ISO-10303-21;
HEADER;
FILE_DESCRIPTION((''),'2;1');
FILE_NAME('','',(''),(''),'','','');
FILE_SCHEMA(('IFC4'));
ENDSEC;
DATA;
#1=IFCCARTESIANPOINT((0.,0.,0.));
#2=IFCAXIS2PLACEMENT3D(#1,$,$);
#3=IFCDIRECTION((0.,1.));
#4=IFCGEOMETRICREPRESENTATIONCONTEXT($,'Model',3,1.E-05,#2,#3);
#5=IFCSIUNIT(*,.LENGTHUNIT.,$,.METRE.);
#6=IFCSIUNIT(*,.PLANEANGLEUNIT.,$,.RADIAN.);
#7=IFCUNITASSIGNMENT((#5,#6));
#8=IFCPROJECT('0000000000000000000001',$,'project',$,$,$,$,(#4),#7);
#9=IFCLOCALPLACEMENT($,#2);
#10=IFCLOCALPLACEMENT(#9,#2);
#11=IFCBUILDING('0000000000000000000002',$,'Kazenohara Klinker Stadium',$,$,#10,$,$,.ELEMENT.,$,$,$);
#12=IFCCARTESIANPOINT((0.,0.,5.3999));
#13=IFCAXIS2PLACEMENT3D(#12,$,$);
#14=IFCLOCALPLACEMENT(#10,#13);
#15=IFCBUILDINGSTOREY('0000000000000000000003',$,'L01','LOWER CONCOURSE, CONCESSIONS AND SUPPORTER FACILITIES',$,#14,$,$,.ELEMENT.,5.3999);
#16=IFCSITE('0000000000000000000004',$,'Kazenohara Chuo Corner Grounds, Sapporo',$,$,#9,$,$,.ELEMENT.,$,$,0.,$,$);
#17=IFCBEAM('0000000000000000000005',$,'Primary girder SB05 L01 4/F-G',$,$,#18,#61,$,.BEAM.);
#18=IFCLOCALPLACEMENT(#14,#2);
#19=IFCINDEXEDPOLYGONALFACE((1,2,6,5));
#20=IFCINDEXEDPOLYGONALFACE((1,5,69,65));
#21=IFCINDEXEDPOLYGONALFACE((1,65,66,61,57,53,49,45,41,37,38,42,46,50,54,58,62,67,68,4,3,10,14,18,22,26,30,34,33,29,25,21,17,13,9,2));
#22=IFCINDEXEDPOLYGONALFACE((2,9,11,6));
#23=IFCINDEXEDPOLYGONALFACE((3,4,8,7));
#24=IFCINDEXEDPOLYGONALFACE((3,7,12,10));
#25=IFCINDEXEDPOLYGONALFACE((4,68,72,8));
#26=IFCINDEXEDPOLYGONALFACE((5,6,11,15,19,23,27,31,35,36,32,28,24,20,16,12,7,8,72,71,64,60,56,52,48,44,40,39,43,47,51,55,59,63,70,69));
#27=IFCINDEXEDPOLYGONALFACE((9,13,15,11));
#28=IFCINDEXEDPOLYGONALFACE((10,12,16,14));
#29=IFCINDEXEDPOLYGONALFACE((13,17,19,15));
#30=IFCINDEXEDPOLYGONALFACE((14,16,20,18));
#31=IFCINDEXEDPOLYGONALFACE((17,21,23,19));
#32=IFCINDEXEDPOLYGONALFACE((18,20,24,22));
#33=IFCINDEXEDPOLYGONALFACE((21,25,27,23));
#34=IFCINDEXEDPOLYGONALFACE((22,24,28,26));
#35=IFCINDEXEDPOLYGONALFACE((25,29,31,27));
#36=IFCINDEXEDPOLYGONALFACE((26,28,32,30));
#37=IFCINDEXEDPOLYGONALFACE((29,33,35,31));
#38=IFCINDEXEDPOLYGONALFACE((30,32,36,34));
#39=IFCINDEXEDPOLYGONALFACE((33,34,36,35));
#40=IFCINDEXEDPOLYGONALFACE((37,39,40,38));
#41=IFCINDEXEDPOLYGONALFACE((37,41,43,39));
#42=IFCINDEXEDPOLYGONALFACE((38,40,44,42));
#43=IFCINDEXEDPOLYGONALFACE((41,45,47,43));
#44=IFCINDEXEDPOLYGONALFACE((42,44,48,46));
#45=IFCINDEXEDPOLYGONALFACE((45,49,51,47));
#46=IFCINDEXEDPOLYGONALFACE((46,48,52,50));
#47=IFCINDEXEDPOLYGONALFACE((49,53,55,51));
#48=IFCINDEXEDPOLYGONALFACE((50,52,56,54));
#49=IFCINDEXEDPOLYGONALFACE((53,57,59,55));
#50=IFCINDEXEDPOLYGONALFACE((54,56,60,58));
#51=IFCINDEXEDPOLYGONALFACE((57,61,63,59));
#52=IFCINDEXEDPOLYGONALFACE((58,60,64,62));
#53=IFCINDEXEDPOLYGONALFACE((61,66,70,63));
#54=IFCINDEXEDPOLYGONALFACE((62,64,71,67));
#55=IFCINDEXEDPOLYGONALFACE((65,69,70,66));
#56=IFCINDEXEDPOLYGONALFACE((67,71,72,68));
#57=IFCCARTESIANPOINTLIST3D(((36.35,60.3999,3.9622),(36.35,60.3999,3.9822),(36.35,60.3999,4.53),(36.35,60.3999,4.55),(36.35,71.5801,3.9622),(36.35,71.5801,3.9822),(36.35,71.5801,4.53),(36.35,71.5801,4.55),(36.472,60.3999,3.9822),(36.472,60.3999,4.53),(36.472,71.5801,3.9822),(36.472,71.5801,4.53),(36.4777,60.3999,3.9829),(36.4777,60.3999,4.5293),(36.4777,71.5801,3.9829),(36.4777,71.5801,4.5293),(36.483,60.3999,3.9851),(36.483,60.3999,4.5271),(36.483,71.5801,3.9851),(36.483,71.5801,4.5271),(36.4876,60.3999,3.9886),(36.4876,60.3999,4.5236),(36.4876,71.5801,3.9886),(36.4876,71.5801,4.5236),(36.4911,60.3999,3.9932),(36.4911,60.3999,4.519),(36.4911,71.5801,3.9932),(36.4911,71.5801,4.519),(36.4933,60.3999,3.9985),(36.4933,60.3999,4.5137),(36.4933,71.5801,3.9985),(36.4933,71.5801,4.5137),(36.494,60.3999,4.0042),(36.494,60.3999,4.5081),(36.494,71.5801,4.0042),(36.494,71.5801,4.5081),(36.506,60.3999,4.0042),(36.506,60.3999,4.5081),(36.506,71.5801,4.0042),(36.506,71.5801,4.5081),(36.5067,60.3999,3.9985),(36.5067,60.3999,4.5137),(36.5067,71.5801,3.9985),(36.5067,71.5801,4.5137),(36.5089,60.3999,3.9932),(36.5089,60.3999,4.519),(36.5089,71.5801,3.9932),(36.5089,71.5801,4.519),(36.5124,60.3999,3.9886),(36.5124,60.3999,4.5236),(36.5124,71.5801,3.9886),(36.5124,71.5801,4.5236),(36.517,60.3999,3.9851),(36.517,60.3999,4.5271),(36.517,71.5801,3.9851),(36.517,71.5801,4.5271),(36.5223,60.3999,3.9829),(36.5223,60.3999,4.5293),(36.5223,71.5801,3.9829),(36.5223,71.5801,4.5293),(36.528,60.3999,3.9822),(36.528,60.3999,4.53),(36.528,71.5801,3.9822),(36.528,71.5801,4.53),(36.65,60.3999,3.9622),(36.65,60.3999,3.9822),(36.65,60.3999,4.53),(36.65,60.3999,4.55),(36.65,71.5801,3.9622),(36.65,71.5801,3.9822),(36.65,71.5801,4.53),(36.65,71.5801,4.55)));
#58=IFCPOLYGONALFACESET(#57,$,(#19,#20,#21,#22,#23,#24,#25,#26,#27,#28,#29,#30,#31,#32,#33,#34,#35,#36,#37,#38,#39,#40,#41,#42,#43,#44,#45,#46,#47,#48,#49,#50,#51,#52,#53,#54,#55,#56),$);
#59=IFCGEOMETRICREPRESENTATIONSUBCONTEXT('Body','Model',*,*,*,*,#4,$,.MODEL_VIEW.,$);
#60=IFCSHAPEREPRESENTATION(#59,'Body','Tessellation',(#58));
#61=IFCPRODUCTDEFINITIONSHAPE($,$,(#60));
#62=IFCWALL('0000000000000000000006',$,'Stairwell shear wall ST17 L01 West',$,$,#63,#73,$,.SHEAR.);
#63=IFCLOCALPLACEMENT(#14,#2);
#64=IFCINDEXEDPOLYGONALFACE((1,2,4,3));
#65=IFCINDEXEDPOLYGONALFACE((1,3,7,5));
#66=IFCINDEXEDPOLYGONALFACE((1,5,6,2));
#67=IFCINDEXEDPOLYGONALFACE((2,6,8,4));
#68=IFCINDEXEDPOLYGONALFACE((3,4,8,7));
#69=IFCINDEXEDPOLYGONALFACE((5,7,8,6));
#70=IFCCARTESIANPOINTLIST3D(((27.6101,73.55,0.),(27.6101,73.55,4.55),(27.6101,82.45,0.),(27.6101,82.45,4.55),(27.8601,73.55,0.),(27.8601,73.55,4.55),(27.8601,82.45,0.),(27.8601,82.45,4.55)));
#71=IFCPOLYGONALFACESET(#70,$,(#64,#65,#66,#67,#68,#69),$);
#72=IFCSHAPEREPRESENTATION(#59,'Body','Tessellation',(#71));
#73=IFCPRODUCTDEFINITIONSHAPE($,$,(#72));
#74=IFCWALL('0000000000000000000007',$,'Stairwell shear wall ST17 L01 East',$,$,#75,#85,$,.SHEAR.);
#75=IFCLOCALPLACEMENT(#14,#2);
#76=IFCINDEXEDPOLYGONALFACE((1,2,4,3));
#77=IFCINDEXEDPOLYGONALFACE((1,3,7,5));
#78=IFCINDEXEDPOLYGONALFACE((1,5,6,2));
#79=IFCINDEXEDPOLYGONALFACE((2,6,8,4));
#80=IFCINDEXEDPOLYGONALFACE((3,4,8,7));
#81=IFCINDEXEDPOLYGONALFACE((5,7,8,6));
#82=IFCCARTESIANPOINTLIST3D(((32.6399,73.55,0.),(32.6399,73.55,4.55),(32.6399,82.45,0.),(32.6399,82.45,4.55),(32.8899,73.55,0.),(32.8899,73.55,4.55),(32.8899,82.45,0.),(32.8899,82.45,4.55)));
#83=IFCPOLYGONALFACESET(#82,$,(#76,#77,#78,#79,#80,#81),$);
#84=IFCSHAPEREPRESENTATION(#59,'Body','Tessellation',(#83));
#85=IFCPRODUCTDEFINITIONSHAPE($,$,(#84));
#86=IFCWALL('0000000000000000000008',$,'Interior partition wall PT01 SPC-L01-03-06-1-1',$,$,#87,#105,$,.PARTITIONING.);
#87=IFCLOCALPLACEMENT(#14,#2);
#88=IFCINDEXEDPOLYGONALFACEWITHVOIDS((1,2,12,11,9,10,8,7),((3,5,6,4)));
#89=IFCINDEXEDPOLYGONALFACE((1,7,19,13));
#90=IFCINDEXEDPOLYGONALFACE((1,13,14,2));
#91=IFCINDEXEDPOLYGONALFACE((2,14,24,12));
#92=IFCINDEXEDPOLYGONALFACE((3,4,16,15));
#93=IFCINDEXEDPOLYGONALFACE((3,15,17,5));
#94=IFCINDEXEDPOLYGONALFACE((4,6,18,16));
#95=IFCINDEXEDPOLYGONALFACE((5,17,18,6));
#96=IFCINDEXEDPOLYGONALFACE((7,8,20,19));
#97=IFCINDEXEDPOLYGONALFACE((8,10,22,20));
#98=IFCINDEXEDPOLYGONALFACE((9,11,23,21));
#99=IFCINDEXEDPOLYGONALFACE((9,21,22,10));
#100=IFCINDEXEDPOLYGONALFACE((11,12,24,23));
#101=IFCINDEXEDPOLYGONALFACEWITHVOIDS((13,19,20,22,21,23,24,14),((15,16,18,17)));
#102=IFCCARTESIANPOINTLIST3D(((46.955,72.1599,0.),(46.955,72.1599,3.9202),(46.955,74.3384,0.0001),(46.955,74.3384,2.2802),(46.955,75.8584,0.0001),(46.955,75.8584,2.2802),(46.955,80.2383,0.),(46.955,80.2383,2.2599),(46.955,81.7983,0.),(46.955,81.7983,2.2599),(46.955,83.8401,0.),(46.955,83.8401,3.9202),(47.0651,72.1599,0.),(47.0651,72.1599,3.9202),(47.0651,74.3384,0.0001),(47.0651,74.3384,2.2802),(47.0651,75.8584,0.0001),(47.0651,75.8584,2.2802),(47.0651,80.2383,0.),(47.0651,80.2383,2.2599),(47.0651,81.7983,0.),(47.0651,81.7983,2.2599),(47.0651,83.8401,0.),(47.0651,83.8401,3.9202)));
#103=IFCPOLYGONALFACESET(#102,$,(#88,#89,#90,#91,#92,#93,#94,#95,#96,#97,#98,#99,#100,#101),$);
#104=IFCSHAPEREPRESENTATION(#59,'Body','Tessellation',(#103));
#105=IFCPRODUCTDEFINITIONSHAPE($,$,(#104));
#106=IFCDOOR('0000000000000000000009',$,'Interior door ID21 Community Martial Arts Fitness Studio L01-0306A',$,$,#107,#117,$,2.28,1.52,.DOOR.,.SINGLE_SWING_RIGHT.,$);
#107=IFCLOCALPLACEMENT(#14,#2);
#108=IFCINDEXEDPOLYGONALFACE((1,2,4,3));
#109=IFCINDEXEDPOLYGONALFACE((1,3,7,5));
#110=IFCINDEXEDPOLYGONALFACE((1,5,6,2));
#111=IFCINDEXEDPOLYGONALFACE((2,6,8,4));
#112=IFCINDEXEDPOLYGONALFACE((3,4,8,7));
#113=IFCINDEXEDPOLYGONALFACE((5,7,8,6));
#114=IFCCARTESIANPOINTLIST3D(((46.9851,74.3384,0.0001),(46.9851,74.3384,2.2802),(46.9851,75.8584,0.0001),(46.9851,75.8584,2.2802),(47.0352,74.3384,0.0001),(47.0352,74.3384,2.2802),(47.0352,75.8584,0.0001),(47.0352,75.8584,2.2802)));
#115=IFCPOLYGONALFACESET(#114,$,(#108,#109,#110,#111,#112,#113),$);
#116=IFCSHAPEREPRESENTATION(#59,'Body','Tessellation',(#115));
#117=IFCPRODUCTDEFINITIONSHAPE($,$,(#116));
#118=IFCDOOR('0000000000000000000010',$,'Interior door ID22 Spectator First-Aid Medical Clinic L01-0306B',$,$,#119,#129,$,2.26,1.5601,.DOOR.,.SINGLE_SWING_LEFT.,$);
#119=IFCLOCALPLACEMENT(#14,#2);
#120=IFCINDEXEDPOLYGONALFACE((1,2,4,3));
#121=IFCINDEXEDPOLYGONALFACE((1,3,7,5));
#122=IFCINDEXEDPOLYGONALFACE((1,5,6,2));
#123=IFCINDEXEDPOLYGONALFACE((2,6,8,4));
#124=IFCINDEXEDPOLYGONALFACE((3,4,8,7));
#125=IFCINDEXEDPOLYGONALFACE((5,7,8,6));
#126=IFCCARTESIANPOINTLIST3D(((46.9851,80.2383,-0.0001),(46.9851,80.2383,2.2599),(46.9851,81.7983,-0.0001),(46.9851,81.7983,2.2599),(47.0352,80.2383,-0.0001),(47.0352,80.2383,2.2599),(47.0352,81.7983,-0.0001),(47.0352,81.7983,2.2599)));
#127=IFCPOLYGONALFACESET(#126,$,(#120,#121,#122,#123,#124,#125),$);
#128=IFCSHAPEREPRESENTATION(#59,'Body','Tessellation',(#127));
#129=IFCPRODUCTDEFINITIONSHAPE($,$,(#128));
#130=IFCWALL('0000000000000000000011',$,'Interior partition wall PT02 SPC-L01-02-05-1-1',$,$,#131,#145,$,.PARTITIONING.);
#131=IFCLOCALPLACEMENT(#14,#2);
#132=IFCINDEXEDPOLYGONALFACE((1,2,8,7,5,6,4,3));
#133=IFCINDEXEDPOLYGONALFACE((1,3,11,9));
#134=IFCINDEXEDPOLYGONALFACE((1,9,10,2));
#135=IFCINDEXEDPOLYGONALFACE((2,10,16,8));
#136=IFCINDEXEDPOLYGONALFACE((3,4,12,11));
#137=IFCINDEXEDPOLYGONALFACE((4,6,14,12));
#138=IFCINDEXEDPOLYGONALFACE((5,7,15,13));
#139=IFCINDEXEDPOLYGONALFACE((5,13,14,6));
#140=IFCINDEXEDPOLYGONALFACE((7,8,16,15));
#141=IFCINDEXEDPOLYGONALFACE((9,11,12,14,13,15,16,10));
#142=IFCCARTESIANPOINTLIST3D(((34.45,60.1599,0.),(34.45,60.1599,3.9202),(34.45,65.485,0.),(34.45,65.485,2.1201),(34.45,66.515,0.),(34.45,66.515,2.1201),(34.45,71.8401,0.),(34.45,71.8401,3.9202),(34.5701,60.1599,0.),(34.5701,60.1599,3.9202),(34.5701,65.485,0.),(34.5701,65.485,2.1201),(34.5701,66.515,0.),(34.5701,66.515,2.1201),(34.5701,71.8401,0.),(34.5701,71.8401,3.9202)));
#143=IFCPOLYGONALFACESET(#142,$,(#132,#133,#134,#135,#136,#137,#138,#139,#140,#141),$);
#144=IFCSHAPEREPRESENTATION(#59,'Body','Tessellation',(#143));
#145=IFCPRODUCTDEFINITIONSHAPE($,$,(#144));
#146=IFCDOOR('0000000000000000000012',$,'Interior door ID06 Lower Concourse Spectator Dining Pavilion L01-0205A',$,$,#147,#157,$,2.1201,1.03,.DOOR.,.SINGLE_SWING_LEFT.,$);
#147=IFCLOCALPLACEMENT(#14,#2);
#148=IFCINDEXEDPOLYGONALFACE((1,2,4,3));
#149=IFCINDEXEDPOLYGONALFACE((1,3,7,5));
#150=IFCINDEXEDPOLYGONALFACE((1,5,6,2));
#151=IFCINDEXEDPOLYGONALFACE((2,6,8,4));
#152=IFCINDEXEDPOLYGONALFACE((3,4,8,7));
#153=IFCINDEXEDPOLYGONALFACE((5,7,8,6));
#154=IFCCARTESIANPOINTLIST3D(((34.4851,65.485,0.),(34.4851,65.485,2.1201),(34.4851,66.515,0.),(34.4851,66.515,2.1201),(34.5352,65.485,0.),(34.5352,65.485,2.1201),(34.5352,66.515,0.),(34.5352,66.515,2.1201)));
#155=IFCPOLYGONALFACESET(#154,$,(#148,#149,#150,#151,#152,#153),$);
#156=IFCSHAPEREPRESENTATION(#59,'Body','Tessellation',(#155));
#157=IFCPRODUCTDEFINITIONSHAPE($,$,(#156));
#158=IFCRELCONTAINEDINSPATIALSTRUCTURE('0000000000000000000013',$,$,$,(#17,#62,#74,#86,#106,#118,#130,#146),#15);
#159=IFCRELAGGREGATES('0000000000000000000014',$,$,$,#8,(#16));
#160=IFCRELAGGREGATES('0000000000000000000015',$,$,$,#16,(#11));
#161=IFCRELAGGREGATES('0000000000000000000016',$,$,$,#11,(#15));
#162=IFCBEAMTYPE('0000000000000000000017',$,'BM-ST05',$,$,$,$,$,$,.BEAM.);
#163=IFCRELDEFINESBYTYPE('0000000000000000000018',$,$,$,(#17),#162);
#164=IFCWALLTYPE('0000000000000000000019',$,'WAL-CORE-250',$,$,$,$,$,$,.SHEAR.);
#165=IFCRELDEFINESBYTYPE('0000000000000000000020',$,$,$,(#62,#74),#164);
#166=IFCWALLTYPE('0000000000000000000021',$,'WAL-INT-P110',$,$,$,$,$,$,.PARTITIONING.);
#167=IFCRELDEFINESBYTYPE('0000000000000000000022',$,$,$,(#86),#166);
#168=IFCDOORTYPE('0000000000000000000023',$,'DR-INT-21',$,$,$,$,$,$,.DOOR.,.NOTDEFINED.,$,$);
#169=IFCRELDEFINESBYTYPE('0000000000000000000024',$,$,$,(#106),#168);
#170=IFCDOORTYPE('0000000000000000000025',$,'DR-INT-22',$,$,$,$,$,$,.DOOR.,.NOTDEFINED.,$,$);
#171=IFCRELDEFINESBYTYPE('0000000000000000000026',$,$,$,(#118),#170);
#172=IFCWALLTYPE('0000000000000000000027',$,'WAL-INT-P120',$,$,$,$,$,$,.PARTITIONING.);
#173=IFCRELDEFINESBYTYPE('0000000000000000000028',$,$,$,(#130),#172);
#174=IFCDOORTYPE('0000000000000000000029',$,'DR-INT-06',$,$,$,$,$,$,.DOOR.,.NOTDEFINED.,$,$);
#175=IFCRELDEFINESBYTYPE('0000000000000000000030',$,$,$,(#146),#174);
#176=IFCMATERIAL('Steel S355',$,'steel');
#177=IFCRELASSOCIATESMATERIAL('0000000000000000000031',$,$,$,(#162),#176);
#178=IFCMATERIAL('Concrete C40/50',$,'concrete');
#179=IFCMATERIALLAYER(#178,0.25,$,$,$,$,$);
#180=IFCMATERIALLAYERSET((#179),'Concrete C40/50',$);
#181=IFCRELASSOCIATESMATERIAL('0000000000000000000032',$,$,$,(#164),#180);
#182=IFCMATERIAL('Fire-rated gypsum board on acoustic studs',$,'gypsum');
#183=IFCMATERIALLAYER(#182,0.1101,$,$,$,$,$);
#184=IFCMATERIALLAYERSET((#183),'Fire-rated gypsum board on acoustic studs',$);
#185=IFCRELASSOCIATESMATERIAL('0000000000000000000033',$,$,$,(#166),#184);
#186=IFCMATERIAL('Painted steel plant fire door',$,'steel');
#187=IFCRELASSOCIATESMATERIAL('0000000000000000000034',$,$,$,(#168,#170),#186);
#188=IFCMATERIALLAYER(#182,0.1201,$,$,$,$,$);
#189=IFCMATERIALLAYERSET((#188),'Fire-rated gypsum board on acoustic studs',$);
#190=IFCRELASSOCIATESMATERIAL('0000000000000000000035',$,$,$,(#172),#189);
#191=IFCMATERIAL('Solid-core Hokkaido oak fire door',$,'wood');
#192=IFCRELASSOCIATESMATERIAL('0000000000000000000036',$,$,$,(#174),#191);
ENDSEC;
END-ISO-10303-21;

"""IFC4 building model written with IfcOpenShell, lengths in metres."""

from ifc_helpers import new_model, si_unit, direction, frame, frame_2d, origin, origin_2d, place, context, subcontext, project, spatial, rectangle, i_section, extrude, material, layer, layer_set, material_profile, profile_set, type_object, element, fill, save


model = new_model("IFC4")

# Units and contexts
model_context = context("Model", 3, precision=1e-05, world=origin(), true_north=direction((0.0, 1.0)))
body_context = subcontext(model_context, "Body", "Model", "MODEL_VIEW")
ifc_project = project(units=[si_unit("LENGTHUNIT", "METRE"), si_unit("PLANEANGLEUNIT", "RADIAN")], contexts=[model_context])

# Site, building, storey
site_placement = place(None, origin())
site = spatial("IfcSite", under=ifc_project, at=site_placement, Name="Kazenohara Chuo Corner Grounds, Sapporo", CompositionType="ELEMENT", RefElevation=0.0)
building_placement = place(site_placement, origin())
building = spatial("IfcBuilding", under=site, at=building_placement, Name="Kazenohara Klinker Stadium", CompositionType="ELEMENT")
storey_placement = place(building_placement, frame((0.0, 0.0, 5.3999)))
storey = spatial("IfcBuildingStorey", under=building, at=storey_placement, Name="L01", Description="LOWER CONCOURSE, CONCESSIONS AND SUPPORTER FACILITIES", CompositionType="ELEMENT", Elevation=5.3999)

# Shared definitions
ifc_material_1 = material(Name="Concrete C40/50", Category="concrete")

# Beam
ifc_material_2 = material(Name="Steel S355", Category="steel")
ifc_material_profile_1 = material_profile(ifc_material_2, i_section(OverallWidth=0.3, OverallDepth=0.5879, WebThickness=0.012, FlangeThickness=0.02, FilletRadius=0.022, at=origin_2d()), Name="H-588x300x12x20")
ifc_profile_set_1 = profile_set([ifc_material_profile_1], Name="Steel S355")
beam_type_1 = type_object("IfcBeamType", Name="BM-ST05", PredefinedType="BEAM", material=ifc_profile_set_1)
beam_1_placement = place(storey_placement, frame((36.5, 60.3999, 4.2561), z_axis=(0.0, 1.0, 0.0), x_axis=(-1.0, 0.0, 0.0)))
element("IfcBeam", 1, at=beam_1_placement, inside=storey, type_object=beam_type_1, Name="Primary girder SB05 L01 4/F-G", PredefinedType="BEAM", context=body_context, shape_type="SweptSolid", body=[
    extrude(i_section(OverallWidth=0.3, OverallDepth=0.5879, WebThickness=0.012, FlangeThickness=0.02, FilletRadius=0.022, at=origin_2d()), origin(), (0.0, 0.0, 1.0), 11.1802),
])

# Shared definitions
ifc_layer_1 = layer(ifc_material_1, 0.25)
ifc_layer_set_1 = layer_set([ifc_layer_1], Name="Concrete C40/50")
wall_type_1 = type_object("IfcWallType", Name="WAL-CORE-250", PredefinedType="SHEAR", material=ifc_layer_set_1)

# Walls
for number, where, z_axis, x_axis, name in (
    (2, (27.7351, 73.55, 0.0), (0.0, 0.0, 1.0), (0.0, 1.0, 0.0), "Stairwell shear wall ST17 L01 West"),
    (3, (32.7649, 73.55, 0.0), (0.0, 0.0, 1.0), (0.0, 1.0, 0.0), "Stairwell shear wall ST17 L01 East"),
):
    element("IfcWall", number, at=place(storey_placement, frame(where, z_axis=z_axis, x_axis=x_axis)), inside=storey, type_object=wall_type_1, Name=name, PredefinedType="SHEAR", context=body_context, shape_type="SweptSolid", body=[
        extrude(rectangle(XDim=8.8999, YDim=0.25, at=frame_2d((4.45, 0.0))), origin(), (0.0, 0.0, 1.0), 4.55),
    ])

# Wall, openings, doors
ifc_material_3 = material(Name="Fire-rated gypsum board on acoustic studs", Category="gypsum")
ifc_layer_2 = layer(ifc_material_3, 0.1101)
ifc_layer_set_2 = layer_set([ifc_layer_2], Name="Fire-rated gypsum board on acoustic studs")
wall_type_2 = type_object("IfcWallType", Name="WAL-INT-P110", PredefinedType="PARTITIONING", material=ifc_layer_set_2)
wall_1_placement = place(storey_placement, frame((47.01, 72.1599, 0.0), z_axis=(0.0, 0.0, 1.0), x_axis=(0.0, 1.0, 0.0)))
wall_1 = element("IfcWall", 4, at=wall_1_placement, inside=storey, type_object=wall_type_2, Name="Interior partition wall PT01 SPC-L01-03-06-1-1", PredefinedType="PARTITIONING", context=body_context, shape_type="SweptSolid", body=[
    extrude(rectangle(XDim=11.6802, YDim=0.1101, at=frame_2d((5.8401, 0.0))), origin(), (0.0, 0.0, 1.0), 3.9202),
])
opening_1_placement = place(wall_1_placement, frame((2.1785, 0.0, 0.0)))
opening_1 = element("IfcOpeningElement", 5, at=opening_1_placement, cuts=wall_1, PredefinedType="OPENING", context=body_context, shape_type="SweptSolid", body=[
    extrude(rectangle(XDim=1.52, YDim=2.28, at=frame_2d((0.76, 1.1401))), frame((0.0, 0.0649, 0.0), z_axis=(0.0, -1.0, 0.0), x_axis=(1.0, 0.0, 0.0)), (0.0, 0.0, 1.0), 0.1301),
])
opening_2_placement = place(wall_1_placement, frame((8.0784, 0.0, 0.0)))
opening_2 = element("IfcOpeningElement", 6, at=opening_2_placement, cuts=wall_1, PredefinedType="OPENING", context=body_context, shape_type="SweptSolid", body=[
    extrude(rectangle(XDim=1.5601, YDim=2.26, at=frame_2d((0.78, 1.1299))), frame((0.0, 0.0649, 0.0), z_axis=(0.0, -1.0, 0.0), x_axis=(1.0, 0.0, 0.0)), (0.0, 0.0, 1.0), 0.1301),
])
ifc_material_4 = material(Name="Painted steel plant fire door", Category="steel")
door_type_1 = type_object("IfcDoorType", Name="DR-INT-21", OperationType="NOTDEFINED", PredefinedType="DOOR", material=ifc_material_4)
door_1_placement = place(opening_1_placement, origin())
door_1 = element("IfcDoor", 7, at=door_1_placement, inside=storey, type_object=door_type_1, Name="Interior door ID21 Community Martial Arts Fitness Studio L01-0306A", OperationType="SINGLE_SWING_RIGHT", OverallHeight=2.28, OverallWidth=1.52, PredefinedType="DOOR", context=body_context, shape_type="SweptSolid", body=[
    extrude(rectangle(XDim=1.52, YDim=2.28, at=frame_2d((0.76, 1.1401))), frame((0.0, 0.0249, 0.0), z_axis=(0.0, -1.0, 0.0), x_axis=(1.0, 0.0, 0.0)), (0.0, 0.0, 1.0), 0.05),
])
fill(opening_1, door_1)
door_type_2 = type_object("IfcDoorType", Name="DR-INT-22", OperationType="NOTDEFINED", PredefinedType="DOOR", material=ifc_material_4)
door_2_placement = place(opening_2_placement, origin())
door_2 = element("IfcDoor", 8, at=door_2_placement, inside=storey, type_object=door_type_2, Name="Interior door ID22 Spectator First-Aid Medical Clinic L01-0306B", OperationType="SINGLE_SWING_LEFT", OverallHeight=2.26, OverallWidth=1.5601, PredefinedType="DOOR", context=body_context, shape_type="SweptSolid", body=[
    extrude(rectangle(XDim=1.5601, YDim=2.26, at=frame_2d((0.78, 1.1299))), frame((0.0, 0.0249, 0.0), z_axis=(0.0, -1.0, 0.0), x_axis=(1.0, 0.0, 0.0)), (0.0, 0.0, 1.0), 0.05),
])
fill(opening_2, door_2)

# Wall, opening, door
ifc_layer_3 = layer(ifc_material_3, 0.1201)
ifc_layer_set_3 = layer_set([ifc_layer_3], Name="Fire-rated gypsum board on acoustic studs")
wall_type_3 = type_object("IfcWallType", Name="WAL-INT-P120", PredefinedType="PARTITIONING", material=ifc_layer_set_3)
wall_2_placement = place(storey_placement, frame((34.51, 60.1599, 0.0), z_axis=(0.0, 0.0, 1.0), x_axis=(0.0, 1.0, 0.0)))
wall_2 = element("IfcWall", 9, at=wall_2_placement, inside=storey, type_object=wall_type_3, Name="Interior partition wall PT02 SPC-L01-02-05-1-1", PredefinedType="PARTITIONING", context=body_context, shape_type="SweptSolid", body=[
    extrude(rectangle(XDim=11.6802, YDim=0.1201, at=frame_2d((5.8401, 0.0))), origin(), (0.0, 0.0, 1.0), 3.9202),
])
opening_3_placement = place(wall_2_placement, frame((5.325, 0.0, 0.0)))
opening_3 = element("IfcOpeningElement", 10, at=opening_3_placement, cuts=wall_2, PredefinedType="OPENING", context=body_context, shape_type="SweptSolid", body=[
    extrude(rectangle(XDim=1.03, YDim=2.1201, at=frame_2d((0.5151, 1.0601))), frame((0.0, 0.0701, 0.0), z_axis=(0.0, -1.0, 0.0), x_axis=(1.0, 0.0, 0.0)), (0.0, 0.0, 1.0), 0.1401),
])
ifc_material_5 = material(Name="Solid-core Hokkaido oak fire door", Category="wood")
door_type_3 = type_object("IfcDoorType", Name="DR-INT-06", OperationType="NOTDEFINED", PredefinedType="DOOR", material=ifc_material_5)
door_3_placement = place(opening_3_placement, origin())
door_3 = element("IfcDoor", 11, at=door_3_placement, inside=storey, type_object=door_type_3, Name="Interior door ID06 Lower Concourse Spectator Dining Pavilion L01-0205A", OperationType="SINGLE_SWING_LEFT", OverallHeight=2.1201, OverallWidth=1.03, PredefinedType="DOOR", context=body_context, shape_type="SweptSolid", body=[
    extrude(rectangle(XDim=1.03, YDim=2.1201, at=frame_2d((0.5151, 1.0601))), frame((0.0, 0.0249, 0.0), z_axis=(0.0, -1.0, 0.0), x_axis=(1.0, 0.0, 0.0)), (0.0, 0.0, 1.0), 0.05),
])
fill(opening_3, door_3)

save(model, "model.ifc")
